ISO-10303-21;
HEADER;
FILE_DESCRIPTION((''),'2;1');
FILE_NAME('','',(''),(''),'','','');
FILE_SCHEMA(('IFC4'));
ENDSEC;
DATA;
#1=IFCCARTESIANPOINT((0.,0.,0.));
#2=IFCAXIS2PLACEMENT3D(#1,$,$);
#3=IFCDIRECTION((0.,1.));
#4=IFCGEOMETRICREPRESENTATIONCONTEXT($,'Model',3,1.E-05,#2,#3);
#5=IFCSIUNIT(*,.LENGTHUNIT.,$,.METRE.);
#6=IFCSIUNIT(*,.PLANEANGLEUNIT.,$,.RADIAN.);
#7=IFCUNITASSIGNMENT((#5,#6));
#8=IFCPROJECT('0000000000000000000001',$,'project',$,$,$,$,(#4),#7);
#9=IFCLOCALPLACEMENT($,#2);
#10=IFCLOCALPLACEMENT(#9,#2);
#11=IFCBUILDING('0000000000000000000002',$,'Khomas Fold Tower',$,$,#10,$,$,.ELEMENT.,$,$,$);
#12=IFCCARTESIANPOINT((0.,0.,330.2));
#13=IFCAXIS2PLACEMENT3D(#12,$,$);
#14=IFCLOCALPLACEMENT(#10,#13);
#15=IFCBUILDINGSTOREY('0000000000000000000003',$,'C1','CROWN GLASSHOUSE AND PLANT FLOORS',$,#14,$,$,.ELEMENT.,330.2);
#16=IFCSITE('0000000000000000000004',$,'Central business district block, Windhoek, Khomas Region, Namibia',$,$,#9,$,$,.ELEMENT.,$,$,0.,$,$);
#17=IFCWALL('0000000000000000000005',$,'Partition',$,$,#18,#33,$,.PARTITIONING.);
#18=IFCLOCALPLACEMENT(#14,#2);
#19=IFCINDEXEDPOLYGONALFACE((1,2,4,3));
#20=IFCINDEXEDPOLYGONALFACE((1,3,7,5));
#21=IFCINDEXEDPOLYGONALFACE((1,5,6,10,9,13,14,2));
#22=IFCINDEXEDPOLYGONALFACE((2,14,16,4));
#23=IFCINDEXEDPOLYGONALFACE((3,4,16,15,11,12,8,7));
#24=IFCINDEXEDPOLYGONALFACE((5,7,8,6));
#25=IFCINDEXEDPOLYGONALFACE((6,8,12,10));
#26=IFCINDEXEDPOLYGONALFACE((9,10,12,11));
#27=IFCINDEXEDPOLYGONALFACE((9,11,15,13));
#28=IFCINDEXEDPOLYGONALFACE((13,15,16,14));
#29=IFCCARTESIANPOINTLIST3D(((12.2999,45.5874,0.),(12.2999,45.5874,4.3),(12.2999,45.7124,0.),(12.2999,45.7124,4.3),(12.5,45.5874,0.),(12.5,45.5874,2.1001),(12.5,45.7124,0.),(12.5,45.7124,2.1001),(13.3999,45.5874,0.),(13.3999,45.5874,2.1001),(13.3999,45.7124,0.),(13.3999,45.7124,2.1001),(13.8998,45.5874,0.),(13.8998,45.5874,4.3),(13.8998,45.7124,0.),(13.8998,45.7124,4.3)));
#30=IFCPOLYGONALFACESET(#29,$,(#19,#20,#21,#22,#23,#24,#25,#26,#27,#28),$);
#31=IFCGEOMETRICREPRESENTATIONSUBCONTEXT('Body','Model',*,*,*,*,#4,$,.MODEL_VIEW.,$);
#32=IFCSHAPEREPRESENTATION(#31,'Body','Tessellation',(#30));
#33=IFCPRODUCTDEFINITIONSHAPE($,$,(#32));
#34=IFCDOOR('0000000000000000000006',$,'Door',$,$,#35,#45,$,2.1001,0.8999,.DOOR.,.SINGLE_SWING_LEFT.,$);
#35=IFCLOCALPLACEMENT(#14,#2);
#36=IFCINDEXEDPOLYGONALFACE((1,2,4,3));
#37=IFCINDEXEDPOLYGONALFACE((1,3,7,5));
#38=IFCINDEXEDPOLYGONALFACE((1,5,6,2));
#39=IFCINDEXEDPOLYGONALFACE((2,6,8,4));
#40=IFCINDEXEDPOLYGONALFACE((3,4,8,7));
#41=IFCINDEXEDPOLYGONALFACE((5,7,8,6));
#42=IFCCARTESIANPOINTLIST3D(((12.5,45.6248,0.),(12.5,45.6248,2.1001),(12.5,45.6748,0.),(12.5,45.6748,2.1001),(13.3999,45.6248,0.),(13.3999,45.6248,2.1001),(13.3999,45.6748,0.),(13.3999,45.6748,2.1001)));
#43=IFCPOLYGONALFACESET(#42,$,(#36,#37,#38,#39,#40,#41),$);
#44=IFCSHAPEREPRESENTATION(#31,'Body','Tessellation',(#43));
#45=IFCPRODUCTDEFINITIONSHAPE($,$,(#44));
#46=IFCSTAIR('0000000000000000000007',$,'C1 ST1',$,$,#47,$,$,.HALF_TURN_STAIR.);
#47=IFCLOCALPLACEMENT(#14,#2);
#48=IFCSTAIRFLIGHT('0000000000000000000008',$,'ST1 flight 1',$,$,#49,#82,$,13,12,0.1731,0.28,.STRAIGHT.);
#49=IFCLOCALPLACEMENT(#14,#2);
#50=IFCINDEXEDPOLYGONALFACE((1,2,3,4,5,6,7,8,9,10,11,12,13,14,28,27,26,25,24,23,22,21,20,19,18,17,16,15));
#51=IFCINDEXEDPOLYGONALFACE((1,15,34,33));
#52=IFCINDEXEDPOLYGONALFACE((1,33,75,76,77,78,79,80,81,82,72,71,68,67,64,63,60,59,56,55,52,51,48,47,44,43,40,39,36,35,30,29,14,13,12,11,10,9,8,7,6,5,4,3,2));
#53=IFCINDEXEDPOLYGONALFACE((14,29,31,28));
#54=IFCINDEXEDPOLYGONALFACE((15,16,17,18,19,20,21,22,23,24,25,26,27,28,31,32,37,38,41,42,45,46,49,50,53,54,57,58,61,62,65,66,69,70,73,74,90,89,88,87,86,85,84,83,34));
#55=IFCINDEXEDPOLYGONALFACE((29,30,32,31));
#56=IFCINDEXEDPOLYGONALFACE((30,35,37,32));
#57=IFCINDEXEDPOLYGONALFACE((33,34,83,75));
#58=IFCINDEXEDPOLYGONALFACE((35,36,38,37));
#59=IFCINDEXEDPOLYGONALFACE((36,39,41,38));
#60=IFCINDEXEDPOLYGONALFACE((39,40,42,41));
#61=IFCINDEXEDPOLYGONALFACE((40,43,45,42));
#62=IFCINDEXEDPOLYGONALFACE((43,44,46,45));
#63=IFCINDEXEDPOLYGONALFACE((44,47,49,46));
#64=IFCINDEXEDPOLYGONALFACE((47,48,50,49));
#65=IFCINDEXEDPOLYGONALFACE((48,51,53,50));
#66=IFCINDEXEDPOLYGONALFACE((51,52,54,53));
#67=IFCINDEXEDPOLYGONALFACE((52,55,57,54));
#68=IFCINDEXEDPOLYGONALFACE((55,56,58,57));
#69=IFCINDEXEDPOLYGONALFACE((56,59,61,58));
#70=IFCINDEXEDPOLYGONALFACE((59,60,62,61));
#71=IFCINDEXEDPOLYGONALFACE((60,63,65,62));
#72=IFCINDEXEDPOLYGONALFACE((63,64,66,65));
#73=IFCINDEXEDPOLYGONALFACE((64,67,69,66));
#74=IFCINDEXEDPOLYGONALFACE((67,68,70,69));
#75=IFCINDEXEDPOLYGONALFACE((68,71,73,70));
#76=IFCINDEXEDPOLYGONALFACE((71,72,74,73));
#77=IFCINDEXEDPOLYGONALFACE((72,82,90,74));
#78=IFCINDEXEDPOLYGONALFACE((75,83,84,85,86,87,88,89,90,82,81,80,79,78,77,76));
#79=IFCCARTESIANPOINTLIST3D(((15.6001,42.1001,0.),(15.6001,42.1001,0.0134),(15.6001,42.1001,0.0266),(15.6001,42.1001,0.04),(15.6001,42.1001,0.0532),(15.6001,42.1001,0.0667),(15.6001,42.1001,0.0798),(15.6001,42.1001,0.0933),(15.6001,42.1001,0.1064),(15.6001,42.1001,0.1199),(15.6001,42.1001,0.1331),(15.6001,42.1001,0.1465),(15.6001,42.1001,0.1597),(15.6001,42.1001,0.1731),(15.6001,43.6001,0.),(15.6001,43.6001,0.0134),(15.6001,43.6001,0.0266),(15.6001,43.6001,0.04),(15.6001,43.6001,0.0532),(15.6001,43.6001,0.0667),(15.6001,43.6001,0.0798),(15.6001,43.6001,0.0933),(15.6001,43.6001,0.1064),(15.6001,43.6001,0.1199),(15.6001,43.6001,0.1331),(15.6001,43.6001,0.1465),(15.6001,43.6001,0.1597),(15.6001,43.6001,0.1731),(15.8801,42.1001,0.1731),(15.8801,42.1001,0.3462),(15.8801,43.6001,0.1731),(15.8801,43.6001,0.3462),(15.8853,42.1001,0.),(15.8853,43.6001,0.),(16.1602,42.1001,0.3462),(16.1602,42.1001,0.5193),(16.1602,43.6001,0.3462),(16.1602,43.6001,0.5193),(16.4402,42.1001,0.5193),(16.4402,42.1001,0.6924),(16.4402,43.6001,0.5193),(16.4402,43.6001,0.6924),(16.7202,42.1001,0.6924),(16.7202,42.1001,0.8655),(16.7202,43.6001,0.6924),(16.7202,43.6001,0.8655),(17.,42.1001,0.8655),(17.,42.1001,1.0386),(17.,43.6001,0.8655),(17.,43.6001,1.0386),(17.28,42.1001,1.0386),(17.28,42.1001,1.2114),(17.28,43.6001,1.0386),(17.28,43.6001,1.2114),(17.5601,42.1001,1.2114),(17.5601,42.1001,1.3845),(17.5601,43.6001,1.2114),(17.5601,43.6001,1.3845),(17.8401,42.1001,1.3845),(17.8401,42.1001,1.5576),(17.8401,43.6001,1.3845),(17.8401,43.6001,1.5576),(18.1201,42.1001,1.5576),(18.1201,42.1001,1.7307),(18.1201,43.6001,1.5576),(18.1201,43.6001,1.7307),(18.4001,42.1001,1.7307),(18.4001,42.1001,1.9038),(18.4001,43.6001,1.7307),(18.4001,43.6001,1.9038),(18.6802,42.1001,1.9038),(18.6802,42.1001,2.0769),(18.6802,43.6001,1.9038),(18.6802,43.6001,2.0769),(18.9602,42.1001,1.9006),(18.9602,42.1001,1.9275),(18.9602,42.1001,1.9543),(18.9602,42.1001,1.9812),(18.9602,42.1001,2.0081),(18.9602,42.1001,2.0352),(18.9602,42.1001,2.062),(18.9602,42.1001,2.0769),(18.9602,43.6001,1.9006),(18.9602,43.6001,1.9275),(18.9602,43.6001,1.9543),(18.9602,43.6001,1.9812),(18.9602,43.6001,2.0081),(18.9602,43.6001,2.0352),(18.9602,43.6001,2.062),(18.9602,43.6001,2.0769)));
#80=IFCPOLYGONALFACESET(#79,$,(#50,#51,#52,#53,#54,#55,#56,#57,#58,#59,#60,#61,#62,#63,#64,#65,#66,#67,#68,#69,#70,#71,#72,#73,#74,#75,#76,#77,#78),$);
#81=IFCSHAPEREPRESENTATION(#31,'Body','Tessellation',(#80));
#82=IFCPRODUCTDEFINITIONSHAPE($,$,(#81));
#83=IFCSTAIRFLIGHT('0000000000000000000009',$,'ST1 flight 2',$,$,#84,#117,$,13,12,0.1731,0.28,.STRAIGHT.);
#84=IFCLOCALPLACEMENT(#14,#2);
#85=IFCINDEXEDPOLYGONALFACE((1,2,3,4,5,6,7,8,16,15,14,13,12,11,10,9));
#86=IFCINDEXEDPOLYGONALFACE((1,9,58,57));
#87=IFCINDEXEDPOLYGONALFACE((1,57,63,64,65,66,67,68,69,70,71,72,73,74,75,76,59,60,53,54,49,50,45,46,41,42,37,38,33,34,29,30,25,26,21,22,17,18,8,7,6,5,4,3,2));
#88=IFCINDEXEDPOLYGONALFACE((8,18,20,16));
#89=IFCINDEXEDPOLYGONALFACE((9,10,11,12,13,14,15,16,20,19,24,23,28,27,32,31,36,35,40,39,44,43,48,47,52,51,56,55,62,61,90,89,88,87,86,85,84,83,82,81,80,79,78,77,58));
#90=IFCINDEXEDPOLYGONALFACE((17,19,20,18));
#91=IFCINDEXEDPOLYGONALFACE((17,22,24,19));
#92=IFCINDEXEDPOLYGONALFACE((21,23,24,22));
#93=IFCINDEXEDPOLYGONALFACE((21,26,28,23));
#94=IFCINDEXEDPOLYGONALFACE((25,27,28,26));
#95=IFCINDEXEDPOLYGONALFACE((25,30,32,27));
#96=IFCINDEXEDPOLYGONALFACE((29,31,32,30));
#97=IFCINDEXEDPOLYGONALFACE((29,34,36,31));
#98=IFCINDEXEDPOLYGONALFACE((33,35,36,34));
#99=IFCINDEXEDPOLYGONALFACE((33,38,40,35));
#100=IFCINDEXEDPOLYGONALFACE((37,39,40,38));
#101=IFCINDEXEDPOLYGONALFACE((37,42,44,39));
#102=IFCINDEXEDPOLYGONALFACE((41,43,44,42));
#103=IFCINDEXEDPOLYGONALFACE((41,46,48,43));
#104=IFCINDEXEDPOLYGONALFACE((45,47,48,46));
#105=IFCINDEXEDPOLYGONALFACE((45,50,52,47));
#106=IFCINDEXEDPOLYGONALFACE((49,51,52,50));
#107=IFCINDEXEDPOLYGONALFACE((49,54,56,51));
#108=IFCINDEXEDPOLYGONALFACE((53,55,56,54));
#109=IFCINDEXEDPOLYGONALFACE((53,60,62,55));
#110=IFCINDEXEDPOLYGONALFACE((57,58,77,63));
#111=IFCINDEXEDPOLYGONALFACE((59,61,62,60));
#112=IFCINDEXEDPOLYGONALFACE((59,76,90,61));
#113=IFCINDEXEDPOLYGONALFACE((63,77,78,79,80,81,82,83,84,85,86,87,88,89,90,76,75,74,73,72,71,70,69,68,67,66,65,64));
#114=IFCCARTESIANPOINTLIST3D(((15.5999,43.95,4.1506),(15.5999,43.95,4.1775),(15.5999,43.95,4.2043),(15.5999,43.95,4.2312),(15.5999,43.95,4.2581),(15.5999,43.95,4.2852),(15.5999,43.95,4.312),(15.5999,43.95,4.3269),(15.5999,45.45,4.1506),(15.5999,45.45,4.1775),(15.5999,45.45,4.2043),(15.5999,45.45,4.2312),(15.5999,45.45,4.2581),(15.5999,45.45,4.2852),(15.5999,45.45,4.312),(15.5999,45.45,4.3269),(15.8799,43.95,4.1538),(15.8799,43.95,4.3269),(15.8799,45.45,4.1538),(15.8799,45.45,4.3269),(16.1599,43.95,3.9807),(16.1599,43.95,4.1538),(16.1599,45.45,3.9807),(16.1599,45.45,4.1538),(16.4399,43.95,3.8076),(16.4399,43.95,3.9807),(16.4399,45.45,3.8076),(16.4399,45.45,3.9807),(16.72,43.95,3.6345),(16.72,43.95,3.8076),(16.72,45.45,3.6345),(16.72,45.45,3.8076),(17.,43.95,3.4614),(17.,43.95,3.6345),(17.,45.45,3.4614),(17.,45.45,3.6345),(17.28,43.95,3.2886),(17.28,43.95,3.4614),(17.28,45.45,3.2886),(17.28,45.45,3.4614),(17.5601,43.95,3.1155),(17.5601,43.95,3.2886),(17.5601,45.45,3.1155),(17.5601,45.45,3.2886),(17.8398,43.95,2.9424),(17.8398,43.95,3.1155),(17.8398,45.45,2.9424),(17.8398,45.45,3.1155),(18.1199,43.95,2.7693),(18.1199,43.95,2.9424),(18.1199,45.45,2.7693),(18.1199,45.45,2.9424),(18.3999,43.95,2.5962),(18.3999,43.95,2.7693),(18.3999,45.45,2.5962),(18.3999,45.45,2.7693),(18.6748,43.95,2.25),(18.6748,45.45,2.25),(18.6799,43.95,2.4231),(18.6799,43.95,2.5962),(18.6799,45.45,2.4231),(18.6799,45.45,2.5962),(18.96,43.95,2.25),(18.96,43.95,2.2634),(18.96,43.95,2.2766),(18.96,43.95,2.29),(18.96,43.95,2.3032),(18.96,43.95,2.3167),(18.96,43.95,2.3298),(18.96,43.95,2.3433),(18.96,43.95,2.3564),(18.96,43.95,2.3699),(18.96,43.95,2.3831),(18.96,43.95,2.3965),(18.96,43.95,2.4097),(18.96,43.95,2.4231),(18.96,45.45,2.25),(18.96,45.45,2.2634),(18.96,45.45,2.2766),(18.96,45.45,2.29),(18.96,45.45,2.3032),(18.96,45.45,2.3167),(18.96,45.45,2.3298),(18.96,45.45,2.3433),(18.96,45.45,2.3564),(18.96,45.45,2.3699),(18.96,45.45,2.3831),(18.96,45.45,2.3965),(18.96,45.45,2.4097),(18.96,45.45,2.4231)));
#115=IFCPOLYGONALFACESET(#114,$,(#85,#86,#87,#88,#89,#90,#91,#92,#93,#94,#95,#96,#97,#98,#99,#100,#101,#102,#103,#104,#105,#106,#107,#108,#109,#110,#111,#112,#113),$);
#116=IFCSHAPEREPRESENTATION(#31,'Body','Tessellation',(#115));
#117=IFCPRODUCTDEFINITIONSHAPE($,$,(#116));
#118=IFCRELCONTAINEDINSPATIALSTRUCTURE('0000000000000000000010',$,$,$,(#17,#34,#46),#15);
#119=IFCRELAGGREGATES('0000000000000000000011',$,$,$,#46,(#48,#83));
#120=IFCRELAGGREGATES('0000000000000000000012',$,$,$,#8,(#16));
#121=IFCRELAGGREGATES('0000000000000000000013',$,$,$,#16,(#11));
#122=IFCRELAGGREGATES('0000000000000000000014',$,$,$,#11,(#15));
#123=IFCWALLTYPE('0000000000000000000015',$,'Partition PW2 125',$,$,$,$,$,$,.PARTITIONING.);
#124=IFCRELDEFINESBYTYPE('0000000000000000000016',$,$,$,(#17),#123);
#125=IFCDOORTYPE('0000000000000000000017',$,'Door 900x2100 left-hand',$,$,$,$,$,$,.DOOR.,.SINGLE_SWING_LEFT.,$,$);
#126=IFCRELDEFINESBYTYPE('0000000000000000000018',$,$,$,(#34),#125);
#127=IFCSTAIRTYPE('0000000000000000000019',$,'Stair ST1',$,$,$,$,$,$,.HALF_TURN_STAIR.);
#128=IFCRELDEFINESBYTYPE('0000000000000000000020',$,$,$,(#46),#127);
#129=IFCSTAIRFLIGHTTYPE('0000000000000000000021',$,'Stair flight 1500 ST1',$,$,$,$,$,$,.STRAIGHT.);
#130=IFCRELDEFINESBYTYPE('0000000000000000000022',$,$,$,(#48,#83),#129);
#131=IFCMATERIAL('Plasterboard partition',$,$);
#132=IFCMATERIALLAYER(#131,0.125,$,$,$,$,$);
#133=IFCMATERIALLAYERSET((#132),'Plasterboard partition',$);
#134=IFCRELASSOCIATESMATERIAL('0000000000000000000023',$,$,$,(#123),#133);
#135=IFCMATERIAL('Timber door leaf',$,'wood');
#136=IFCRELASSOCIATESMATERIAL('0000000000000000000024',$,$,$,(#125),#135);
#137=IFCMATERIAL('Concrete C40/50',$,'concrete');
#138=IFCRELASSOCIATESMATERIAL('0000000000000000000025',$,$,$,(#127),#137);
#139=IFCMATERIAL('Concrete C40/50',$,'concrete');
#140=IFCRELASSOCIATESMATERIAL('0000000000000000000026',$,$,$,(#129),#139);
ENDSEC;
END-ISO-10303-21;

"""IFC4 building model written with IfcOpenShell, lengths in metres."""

from ifc_helpers import new_model, si_unit, direction, frame, frame_2d, origin, place, context, subcontext, project, spatial, polyline, rectangle, outline, extrude, source, transform, mapped, material, layer, layer_set, type_object, element, fill, aggregate, save


model = new_model("IFC4")

# Units and contexts
model_context = context("Model", 3, precision=1e-05, world=origin(), true_north=direction((0.0, 1.0)))
body_context = subcontext(model_context, "Body", "Model", "MODEL_VIEW")
ifc_project = project(units=[si_unit("LENGTHUNIT", "METRE"), si_unit("PLANEANGLEUNIT", "RADIAN")], contexts=[model_context])

# Site, building, storey
site_placement = place(None, origin())
site = spatial("IfcSite", under=ifc_project, at=site_placement, Name="Central business district block, Windhoek, Khomas Region, Namibia", CompositionType="ELEMENT", RefElevation=0.0)
building_placement = place(site_placement, origin())
building = spatial("IfcBuilding", under=site, at=building_placement, Name="Khomas Fold Tower", CompositionType="ELEMENT")
storey_placement = place(building_placement, frame((0.0, 0.0, 330.2)))
storey = spatial("IfcBuildingStorey", under=building, at=storey_placement, Name="C1", Description="CROWN GLASSHOUSE AND PLANT FLOORS", CompositionType="ELEMENT", Elevation=330.2)

# Shared definitions
ifc_material_1 = material(Name="Plasterboard partition")
ifc_layer_1 = layer(ifc_material_1, 0.125)
ifc_layer_set_1 = layer_set([ifc_layer_1], Name="Plasterboard partition")
wall_type_1 = type_object("IfcWallType", Name="Partition PW2 125", PredefinedType="PARTITIONING", material=ifc_layer_set_1)

# Wall, opening, door
shared_shape_1 = source(origin(), body_context, "Body", "SweptSolid", [
    extrude(rectangle(XDim=1.5999, YDim=0.125, at=frame_2d((0.7998, 0.0))), origin(), (0.0, 0.0, 1.0), 4.3),
])
wall_1_placement = place(storey_placement, frame((12.3, 45.6499, 0.0), z_axis=(0.0, 0.0, 1.0), x_axis=(1.0, 0.0, 0.0)))
wall_1 = element("IfcWall", 1, at=wall_1_placement, inside=storey, type_object=wall_type_1, Name="Partition", PredefinedType="PARTITIONING", context=body_context, shape_type="MappedRepresentation", body=[
    mapped(shared_shape_1, transform((0.0, 0.0, 0.0))),
])
shared_shape_2 = source(origin(), body_context, "Body", "SweptSolid", [
    extrude(rectangle(XDim=0.8999, YDim=2.1001, at=frame_2d((0.45, 1.05))), frame((0.0, 0.0725, 0.0), z_axis=(0.0, -1.0, 0.0), x_axis=(1.0, 0.0, 0.0)), (0.0, 0.0, 1.0), 0.145),
])
opening_1_placement = place(wall_1_placement, frame((0.2, 0.0, 0.0)))
opening_1 = element("IfcOpeningElement", 2, at=opening_1_placement, cuts=wall_1, PredefinedType="OPENING", context=body_context, shape_type="MappedRepresentation", body=[
    mapped(shared_shape_2, transform((0.0, 0.0, 0.0))),
])
ifc_material_2 = material(Name="Timber door leaf", Category="wood")
door_type_1 = type_object("IfcDoorType", Name="Door 900x2100 left-hand", OperationType="SINGLE_SWING_LEFT", PredefinedType="DOOR", material=ifc_material_2)
shared_shape_3 = source(origin(), body_context, "Body", "SweptSolid", [
    extrude(rectangle(XDim=0.8999, YDim=2.1001, at=frame_2d((0.45, 1.05))), frame((0.0, 0.0249, 0.0), z_axis=(0.0, -1.0, 0.0), x_axis=(1.0, 0.0, 0.0)), (0.0, 0.0, 1.0), 0.05),
])
door_1_placement = place(opening_1_placement, origin())
door_1 = element("IfcDoor", 3, at=door_1_placement, inside=storey, type_object=door_type_1, Name="Door", OperationType="SINGLE_SWING_LEFT", OverallHeight=2.1001, OverallWidth=0.8999, PredefinedType="DOOR", context=body_context, shape_type="MappedRepresentation", body=[
    mapped(shared_shape_3, transform((0.0, 0.0, 0.0))),
])
fill(opening_1, door_1)

# Stair, stair flights
ifc_material_3 = material(Name="Concrete C40/50", Category="concrete")
stair_type = type_object("IfcStairType", Name="Stair ST1", PredefinedType="HALF_TURN_STAIR", material=ifc_material_3)
stair_placement = place(storey_placement, origin())
stair = element("IfcStair", 4, at=stair_placement, inside=storey, type_object=stair_type, Name="C1 ST1", PredefinedType="HALF_TURN_STAIR")
ifc_material_4 = material(Name="Concrete C40/50", Category="concrete")
stair_flight_type = type_object("IfcStairFlightType", Name="Stair flight 1500 ST1", PredefinedType="STRAIGHT", material=ifc_material_4)
shared_shape_4 = source(origin(), body_context, "Body", "SweptSolid", [
    extrude(outline(polyline([(0.0, 0.0), (0.0, 0.0134), (0.0, 0.0266), (0.0, 0.04), (0.0, 0.0532), (0.0, 0.0667), (0.0, 0.0798), (0.0, 0.0933), (0.0, 0.1064), (0.0, 0.1199), (0.0, 0.1331), (0.0, 0.1465), (0.0, 0.1597), (0.0, 0.1731), (0.28, 0.1731), (0.28, 0.3462), (0.5601, 0.3462), (0.5601, 0.5193), (0.8401, 0.5193), (0.8401, 0.6924), (1.1201, 0.6924), (1.1201, 0.8655), (1.3999, 0.8655), (1.3999, 1.0386), (1.6799, 1.0386), (1.6799, 1.2114), (1.96, 1.2114), (1.96, 1.3845), (2.24, 1.3845), (2.24, 1.5576), (2.52, 1.5576), (2.52, 1.7307), (2.8, 1.7307), (2.8, 1.9038), (3.0801, 1.9038), (3.0801, 2.0769), (3.3601, 2.0769), (3.3601, 2.25), (3.3601, 2.2231), (3.3601, 2.1963), (3.3601, 2.1694), (3.3601, 2.1426), (3.3601, 2.1157), (3.3601, 2.0889), (3.3601, 2.062), (3.3601, 2.0352), (3.3601, 2.0081), (3.3601, 1.9812), (3.3601, 1.9543), (3.3601, 1.9275), (3.3601, 1.9006), (0.2852, 0.0), (0.0, 0.0)])), frame((0.0, 0.75, 0.0), z_axis=(0.0, -1.0, 0.0), x_axis=(1.0, 0.0, 0.0)), (0.0, 0.0, 1.0), 1.5),
])
stair_flight_1_placement = place(storey_placement, frame((15.6001, 42.8501, 0.0), z_axis=(0.0, 0.0, 1.0), x_axis=(1.0, 0.0, 0.0)))
stair_flight_1 = element("IfcStairFlight", 5, at=stair_flight_1_placement, type_object=stair_flight_type, Name="ST1 flight 1", NumberOfRisers=13, NumberOfTreads=12, PredefinedType="STRAIGHT", RiserHeight=0.1731, TreadLength=0.28, context=body_context, shape_type="MappedRepresentation", body=[
    mapped(shared_shape_4, transform((0.0, 0.0, 0.0))),
])
stair_flight_2_placement = place(storey_placement, frame((18.96, 44.7, 2.25), z_axis=(0.0, 0.0, 1.0), x_axis=(-1.0, 0.0, 0.0)))
stair_flight_2 = element("IfcStairFlight", 6, at=stair_flight_2_placement, type_object=stair_flight_type, Name="ST1 flight 2", NumberOfRisers=13, NumberOfTreads=12, PredefinedType="STRAIGHT", RiserHeight=0.1731, TreadLength=0.28, context=body_context, shape_type="MappedRepresentation", body=[
    mapped(shared_shape_4, transform((0.0, 0.0, 0.0))),
])
aggregate(stair, [stair_flight_1, stair_flight_2])

save(model, "model.ifc")
